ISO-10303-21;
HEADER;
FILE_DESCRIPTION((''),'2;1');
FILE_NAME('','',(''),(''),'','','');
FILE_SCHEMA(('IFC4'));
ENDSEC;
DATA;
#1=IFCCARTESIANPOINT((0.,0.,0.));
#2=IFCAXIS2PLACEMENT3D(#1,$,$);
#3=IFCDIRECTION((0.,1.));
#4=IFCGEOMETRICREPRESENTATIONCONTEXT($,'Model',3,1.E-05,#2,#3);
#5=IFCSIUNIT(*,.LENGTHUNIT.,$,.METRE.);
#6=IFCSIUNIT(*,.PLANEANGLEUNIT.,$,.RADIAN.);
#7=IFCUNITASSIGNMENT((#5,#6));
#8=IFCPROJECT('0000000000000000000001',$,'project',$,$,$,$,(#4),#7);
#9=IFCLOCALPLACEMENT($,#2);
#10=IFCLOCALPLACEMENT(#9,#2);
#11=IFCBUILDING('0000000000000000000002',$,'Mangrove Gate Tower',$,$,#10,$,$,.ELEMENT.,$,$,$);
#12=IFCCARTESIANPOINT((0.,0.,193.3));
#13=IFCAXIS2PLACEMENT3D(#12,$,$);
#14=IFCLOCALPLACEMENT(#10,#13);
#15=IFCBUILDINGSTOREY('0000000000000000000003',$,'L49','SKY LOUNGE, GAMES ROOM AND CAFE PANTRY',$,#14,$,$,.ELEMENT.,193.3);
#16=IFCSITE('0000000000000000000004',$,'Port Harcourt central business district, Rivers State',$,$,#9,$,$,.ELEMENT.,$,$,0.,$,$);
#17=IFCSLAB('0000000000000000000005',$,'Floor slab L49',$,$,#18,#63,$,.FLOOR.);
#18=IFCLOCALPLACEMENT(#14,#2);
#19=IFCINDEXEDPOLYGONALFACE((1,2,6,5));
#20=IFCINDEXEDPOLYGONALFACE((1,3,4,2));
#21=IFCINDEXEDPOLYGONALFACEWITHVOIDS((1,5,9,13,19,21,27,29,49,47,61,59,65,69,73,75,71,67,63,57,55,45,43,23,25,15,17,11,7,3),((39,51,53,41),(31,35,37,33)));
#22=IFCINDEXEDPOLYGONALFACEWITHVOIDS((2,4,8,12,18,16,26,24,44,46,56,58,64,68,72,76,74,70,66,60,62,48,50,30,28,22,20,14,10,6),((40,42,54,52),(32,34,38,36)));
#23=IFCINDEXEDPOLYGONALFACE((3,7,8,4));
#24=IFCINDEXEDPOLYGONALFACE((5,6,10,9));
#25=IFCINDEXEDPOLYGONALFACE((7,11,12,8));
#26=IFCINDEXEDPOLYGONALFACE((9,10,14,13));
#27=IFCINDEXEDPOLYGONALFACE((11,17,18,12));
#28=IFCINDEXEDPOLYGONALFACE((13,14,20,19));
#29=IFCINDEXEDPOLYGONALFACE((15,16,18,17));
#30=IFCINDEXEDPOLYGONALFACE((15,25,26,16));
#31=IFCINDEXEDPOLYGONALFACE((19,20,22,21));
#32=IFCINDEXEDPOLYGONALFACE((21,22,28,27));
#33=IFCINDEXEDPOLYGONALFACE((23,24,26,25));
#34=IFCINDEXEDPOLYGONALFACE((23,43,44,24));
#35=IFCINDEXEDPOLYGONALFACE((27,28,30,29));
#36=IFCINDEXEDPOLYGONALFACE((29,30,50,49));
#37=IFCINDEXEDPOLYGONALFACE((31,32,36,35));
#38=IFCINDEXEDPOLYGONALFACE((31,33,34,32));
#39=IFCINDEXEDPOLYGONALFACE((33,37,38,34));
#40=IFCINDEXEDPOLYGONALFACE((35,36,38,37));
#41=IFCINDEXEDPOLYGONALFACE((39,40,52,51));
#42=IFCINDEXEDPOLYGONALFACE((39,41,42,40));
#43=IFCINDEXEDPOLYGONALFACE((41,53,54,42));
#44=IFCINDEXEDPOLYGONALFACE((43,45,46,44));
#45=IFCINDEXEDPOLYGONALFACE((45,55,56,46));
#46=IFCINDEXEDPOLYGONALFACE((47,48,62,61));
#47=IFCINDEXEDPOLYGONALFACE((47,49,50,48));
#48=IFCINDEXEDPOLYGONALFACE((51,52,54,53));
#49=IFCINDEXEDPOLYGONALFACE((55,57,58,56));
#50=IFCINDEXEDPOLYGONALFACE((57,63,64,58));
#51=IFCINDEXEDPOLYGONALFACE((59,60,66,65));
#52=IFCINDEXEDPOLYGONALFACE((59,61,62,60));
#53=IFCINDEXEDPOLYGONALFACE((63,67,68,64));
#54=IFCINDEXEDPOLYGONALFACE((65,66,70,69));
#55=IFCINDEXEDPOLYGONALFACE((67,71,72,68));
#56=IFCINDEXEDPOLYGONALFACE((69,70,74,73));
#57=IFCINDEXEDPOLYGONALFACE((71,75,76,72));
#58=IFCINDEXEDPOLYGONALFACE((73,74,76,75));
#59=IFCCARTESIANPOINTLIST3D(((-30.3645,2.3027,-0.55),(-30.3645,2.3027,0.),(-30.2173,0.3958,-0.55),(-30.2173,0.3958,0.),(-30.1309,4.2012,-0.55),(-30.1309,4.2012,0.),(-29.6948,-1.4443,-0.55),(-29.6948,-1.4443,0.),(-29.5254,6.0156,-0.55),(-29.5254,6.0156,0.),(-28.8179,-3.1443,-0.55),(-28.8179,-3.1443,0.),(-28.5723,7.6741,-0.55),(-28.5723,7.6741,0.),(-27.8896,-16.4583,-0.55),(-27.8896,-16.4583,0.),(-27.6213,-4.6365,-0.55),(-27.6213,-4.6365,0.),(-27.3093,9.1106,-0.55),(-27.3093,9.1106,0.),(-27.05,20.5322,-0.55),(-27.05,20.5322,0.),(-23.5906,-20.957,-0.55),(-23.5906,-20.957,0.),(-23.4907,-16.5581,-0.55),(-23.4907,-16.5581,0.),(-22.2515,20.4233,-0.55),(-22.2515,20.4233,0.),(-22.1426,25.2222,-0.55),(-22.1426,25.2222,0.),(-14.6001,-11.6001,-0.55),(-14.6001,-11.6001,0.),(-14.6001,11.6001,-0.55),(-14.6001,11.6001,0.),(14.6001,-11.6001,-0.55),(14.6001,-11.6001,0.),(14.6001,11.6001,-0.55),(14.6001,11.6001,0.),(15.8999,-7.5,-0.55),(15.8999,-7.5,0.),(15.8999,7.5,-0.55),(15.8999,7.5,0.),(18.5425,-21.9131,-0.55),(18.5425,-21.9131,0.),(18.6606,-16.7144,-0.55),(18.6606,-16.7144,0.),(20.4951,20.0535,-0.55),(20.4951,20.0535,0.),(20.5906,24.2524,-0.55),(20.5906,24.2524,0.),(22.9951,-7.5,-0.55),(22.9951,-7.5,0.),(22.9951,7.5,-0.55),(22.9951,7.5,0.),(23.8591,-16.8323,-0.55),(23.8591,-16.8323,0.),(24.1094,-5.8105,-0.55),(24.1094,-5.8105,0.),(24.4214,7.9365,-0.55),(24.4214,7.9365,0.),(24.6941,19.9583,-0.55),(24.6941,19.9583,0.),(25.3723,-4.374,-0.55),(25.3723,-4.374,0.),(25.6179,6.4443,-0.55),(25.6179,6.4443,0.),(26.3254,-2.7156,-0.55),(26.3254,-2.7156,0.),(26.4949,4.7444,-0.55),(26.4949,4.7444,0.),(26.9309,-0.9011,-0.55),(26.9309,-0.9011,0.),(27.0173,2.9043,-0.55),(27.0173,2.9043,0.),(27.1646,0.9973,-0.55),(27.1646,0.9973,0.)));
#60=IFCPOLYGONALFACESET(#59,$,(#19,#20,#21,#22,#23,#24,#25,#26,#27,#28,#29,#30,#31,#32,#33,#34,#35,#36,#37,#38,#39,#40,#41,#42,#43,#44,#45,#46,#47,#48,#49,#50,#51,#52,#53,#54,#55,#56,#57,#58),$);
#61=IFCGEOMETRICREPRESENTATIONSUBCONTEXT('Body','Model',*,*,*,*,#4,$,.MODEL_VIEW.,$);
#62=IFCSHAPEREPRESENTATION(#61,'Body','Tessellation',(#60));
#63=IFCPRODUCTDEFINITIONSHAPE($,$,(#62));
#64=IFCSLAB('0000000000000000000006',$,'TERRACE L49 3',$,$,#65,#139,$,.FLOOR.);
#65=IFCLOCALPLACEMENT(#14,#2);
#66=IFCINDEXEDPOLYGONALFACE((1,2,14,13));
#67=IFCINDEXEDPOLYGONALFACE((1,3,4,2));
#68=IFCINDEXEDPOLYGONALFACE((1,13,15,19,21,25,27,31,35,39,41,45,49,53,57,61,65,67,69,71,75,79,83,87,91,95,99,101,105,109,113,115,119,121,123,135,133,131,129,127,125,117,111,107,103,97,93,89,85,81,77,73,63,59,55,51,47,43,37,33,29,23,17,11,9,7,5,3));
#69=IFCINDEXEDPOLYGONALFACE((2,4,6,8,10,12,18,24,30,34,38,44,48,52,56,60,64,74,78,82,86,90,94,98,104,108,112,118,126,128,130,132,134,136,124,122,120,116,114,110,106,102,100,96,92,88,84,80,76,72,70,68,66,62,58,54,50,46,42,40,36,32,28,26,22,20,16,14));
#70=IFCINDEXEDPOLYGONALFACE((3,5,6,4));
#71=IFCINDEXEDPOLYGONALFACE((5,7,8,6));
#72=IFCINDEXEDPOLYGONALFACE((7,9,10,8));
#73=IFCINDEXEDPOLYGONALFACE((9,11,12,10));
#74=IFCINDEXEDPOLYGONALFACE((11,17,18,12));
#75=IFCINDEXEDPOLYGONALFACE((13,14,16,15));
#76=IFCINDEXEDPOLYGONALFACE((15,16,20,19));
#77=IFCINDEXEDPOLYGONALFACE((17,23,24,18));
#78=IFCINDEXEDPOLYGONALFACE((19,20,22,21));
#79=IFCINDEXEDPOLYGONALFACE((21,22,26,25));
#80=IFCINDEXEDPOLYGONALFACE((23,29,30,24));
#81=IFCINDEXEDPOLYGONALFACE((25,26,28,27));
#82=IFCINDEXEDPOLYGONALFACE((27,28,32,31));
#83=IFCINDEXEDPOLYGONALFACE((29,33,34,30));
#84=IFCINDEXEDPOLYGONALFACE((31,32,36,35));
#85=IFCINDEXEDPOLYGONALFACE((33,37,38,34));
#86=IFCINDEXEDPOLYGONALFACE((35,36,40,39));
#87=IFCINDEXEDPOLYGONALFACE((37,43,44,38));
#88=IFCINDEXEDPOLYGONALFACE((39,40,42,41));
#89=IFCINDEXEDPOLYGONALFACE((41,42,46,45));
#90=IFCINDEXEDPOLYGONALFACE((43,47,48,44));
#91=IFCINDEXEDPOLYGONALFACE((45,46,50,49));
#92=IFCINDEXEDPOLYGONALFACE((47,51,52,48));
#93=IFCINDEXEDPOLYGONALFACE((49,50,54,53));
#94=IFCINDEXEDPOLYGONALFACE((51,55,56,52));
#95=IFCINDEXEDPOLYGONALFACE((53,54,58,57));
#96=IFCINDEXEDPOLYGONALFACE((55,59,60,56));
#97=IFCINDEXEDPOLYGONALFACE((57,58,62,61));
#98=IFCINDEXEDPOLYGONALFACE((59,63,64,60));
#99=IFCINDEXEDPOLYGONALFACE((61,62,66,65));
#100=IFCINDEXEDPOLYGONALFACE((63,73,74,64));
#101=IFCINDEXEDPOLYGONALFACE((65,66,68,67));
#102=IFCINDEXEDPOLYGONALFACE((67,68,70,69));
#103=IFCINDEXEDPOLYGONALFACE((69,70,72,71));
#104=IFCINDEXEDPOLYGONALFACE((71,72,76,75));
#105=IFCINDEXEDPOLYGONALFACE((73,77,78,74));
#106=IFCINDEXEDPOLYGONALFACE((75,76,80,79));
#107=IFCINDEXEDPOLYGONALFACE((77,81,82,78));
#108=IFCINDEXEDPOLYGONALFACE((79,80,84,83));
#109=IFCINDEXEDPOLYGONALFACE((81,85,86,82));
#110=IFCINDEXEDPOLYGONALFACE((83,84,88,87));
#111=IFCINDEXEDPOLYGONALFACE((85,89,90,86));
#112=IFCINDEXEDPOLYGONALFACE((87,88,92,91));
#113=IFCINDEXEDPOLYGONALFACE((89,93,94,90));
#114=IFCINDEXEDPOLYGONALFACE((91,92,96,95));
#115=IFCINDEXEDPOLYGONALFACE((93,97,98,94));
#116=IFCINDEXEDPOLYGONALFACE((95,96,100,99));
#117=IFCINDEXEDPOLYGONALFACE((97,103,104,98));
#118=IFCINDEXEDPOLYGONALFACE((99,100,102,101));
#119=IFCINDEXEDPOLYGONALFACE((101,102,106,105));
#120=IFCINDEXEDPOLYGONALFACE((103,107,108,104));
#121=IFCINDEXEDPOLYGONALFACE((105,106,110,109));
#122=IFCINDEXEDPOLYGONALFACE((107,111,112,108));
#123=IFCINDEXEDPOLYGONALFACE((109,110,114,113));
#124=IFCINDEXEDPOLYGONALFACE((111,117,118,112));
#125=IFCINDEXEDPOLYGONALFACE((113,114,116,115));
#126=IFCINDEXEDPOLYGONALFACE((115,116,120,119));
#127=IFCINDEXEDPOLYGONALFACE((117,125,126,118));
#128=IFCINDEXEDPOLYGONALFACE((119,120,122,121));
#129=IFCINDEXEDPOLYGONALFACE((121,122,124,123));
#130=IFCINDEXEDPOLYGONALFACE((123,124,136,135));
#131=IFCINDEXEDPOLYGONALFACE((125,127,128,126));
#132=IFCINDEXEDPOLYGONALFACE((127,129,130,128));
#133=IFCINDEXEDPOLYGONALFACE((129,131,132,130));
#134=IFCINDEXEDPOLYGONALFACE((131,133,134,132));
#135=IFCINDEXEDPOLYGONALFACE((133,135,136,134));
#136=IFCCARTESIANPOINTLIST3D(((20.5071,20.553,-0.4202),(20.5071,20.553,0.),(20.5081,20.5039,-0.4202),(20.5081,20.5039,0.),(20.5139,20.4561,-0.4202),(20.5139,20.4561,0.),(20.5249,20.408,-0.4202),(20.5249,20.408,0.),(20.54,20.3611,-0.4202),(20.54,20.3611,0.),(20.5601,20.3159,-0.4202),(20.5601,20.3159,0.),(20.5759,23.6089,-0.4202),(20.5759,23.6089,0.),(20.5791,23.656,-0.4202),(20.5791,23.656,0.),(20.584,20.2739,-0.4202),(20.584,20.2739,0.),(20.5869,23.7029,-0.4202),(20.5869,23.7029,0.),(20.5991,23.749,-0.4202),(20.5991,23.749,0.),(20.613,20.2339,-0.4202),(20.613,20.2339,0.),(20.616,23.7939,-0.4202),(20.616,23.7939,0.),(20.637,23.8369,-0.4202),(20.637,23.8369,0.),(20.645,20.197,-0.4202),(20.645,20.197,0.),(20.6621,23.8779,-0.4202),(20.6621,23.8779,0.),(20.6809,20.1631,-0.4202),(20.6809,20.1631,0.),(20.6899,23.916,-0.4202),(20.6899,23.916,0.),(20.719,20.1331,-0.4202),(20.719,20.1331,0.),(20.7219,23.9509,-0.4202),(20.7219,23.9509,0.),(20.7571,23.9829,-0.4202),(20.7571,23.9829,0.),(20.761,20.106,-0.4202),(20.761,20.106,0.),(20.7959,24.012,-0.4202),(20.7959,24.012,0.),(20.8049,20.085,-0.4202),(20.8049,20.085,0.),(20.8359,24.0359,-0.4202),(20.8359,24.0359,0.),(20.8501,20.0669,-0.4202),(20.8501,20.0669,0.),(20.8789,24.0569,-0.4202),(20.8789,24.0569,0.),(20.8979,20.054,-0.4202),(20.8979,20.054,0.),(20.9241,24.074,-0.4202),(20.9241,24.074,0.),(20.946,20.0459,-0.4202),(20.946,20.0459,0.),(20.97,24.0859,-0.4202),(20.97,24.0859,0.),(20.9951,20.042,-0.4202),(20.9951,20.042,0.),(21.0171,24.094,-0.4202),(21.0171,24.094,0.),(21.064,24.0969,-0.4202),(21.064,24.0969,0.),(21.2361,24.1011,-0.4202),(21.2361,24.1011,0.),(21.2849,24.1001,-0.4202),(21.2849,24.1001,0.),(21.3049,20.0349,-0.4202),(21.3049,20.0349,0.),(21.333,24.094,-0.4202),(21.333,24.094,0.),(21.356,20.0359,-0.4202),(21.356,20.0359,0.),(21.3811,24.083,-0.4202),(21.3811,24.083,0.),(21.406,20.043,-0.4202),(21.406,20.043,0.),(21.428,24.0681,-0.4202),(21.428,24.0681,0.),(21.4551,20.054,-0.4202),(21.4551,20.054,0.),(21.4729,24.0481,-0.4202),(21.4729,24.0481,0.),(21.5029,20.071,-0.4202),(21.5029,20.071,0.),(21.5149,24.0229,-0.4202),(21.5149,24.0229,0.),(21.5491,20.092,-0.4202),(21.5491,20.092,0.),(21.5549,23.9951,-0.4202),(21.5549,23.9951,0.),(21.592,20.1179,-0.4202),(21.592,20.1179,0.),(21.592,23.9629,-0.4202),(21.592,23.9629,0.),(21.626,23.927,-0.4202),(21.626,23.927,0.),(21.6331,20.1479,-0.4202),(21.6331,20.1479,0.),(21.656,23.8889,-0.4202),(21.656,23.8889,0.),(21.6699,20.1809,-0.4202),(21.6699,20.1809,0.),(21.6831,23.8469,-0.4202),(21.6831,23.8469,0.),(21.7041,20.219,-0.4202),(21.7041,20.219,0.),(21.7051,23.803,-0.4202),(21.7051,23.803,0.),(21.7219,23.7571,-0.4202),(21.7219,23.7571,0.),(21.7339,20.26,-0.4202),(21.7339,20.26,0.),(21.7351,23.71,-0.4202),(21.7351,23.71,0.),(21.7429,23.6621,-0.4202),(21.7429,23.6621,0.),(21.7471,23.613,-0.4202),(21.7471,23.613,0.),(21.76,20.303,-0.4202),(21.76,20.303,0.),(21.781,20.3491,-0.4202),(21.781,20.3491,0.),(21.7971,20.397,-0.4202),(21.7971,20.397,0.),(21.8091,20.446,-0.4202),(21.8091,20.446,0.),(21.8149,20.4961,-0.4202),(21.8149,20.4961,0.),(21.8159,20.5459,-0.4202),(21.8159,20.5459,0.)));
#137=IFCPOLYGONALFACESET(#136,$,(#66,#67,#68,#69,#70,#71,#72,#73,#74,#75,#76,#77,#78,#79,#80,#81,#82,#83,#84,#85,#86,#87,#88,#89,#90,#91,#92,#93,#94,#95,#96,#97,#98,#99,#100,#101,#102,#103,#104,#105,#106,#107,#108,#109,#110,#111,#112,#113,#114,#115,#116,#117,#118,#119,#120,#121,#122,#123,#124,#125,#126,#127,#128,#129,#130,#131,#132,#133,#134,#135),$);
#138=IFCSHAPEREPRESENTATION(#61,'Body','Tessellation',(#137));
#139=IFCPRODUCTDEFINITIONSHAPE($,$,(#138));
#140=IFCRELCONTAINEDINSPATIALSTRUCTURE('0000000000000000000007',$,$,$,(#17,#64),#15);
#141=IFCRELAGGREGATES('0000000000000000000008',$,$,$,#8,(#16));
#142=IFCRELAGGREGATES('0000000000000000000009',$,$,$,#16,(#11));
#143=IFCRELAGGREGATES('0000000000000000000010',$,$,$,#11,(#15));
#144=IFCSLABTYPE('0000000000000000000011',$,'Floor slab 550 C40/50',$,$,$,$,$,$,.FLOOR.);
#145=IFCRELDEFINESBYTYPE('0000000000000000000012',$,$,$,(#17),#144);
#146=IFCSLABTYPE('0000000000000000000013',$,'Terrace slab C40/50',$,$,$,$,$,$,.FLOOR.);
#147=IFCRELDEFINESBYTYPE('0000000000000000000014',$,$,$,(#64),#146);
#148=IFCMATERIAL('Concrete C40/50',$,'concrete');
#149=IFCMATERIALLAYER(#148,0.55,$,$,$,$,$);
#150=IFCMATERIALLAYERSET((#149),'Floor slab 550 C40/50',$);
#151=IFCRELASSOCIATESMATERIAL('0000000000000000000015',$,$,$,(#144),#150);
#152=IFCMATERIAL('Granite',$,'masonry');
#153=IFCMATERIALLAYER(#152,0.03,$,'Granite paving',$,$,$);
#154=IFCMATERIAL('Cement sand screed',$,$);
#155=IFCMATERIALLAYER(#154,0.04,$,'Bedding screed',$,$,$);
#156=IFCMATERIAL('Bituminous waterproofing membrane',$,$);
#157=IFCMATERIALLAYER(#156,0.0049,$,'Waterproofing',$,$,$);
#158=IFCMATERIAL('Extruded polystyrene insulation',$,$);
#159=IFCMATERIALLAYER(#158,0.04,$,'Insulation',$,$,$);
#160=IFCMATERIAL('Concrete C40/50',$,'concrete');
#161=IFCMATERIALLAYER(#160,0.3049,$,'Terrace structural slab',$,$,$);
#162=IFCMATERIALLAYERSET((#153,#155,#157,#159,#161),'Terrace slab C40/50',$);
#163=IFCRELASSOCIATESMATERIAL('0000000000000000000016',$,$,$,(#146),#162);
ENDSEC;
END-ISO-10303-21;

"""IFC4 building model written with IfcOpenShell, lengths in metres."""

from ifc_helpers import new_model, si_unit, direction, frame, origin, place, context, subcontext, project, spatial, polyline, outline, extrude, material, layer, layer_set, type_object, element, save


model = new_model("IFC4")

# Units and contexts
model_context = context("Model", 3, precision=1e-05, world=origin(), true_north=direction((0.0, 1.0)))
body_context = subcontext(model_context, "Body", "Model", "MODEL_VIEW")
ifc_project = project(units=[si_unit("LENGTHUNIT", "METRE"), si_unit("PLANEANGLEUNIT", "RADIAN")], contexts=[model_context])

# Site, building, storey
site_placement = place(None, origin())
site = spatial("IfcSite", under=ifc_project, at=site_placement, Name="Port Harcourt central business district, Rivers State", CompositionType="ELEMENT", RefElevation=0.0)
building_placement = place(site_placement, origin())
building = spatial("IfcBuilding", under=site, at=building_placement, Name="Mangrove Gate Tower", CompositionType="ELEMENT")
storey_placement = place(building_placement, frame((0.0, 0.0, 193.3)))
storey = spatial("IfcBuildingStorey", under=building, at=storey_placement, Name="L49", Description="SKY LOUNGE, GAMES ROOM AND CAFE PANTRY", CompositionType="ELEMENT", Elevation=193.3)

# Shared definitions
ifc_material_1 = material(Name="Cement sand screed")
ifc_material_2 = material(Name="Bituminous waterproofing membrane")
ifc_material_3 = material(Name="Concrete C40/50", Category="concrete")

# Slabs
ifc_material_4 = material(Name="Concrete C40/50", Category="concrete")
ifc_layer_1 = layer(ifc_material_4, 0.55)
ifc_layer_set_1 = layer_set([ifc_layer_1], Name="Floor slab 550 C40/50")
slab_type_1 = type_object("IfcSlabType", Name="Floor slab 550 C40/50", PredefinedType="FLOOR", material=ifc_layer_set_1)
slab_1_placement = place(storey_placement, frame((0.0, 0.0, -0.55)))
element("IfcSlab", 1, at=slab_1_placement, inside=storey, type_object=slab_type_1, Name="Floor slab L49", PredefinedType="FLOOR", context=body_context, shape_type="SweptSolid", body=[
    extrude(outline(polyline([(-23.5906, -20.957), (18.5425, -21.9131), (18.6606, -16.7144), (23.8591, -16.8323), (24.1094, -5.8105), (25.3723, -4.374), (26.3254, -2.7156), (26.9309, -0.9011), (27.1646, 0.9973), (27.0173, 2.9043), (26.4949, 4.7444), (25.6179, 6.4443), (24.4214, 7.9365), (24.6941, 19.9583), (20.4951, 20.0535), (20.5906, 24.2524), (-22.1426, 25.2222), (-22.2515, 20.4233), (-27.05, 20.5322), (-27.3093, 9.1106), (-28.5723, 7.6741), (-29.5254, 6.0156), (-30.1309, 4.2012), (-30.3645, 2.3027), (-30.2173, 0.3958), (-29.6948, -1.4443), (-28.8179, -3.1443), (-27.6213, -4.6365), (-27.8896, -16.4583), (-23.4907, -16.5581), (-23.5906, -20.957)]), holes=[polyline([(15.8999, 7.5), (22.9951, 7.5), (22.9951, -7.5), (15.8999, -7.5), (15.8999, 7.5)]), polyline([(-14.6001, -11.6001), (-14.6001, 11.6001), (14.6001, 11.6001), (14.6001, -11.6001), (-14.6001, -11.6001)])]), origin(), (0.0, 0.0, 1.0), 0.55),
])
ifc_material_5 = material(Name="Granite", Category="masonry")
ifc_layer_2 = layer(ifc_material_5, 0.03, Name="Granite paving")
ifc_layer_3 = layer(ifc_material_1, 0.04, Name="Bedding screed")
ifc_layer_4 = layer(ifc_material_2, 0.0049, Name="Waterproofing")
ifc_material_6 = material(Name="Extruded polystyrene insulation")
ifc_layer_5 = layer(ifc_material_6, 0.04, Name="Insulation")
ifc_layer_6 = layer(ifc_material_3, 0.3049, Name="Terrace structural slab")
ifc_layer_set_2 = layer_set([ifc_layer_2, ifc_layer_3, ifc_layer_4, ifc_layer_5, ifc_layer_6], Name="Terrace slab C40/50")
slab_type_2 = type_object("IfcSlabType", Name="Terrace slab C40/50", PredefinedType="FLOOR", material=ifc_layer_set_2)
slab_2_placement = place(storey_placement, frame((0.0, 0.0, -0.4202)))
element("IfcSlab", 2, at=slab_2_placement, inside=storey, type_object=slab_type_2, Name="TERRACE L49 3", PredefinedType="FLOOR", context=body_context, shape_type="SweptSolid", body=[
    extrude(outline(polyline([(21.2361, 24.1011), (21.064, 24.0969), (21.0171, 24.094), (20.97, 24.0859), (20.9241, 24.074), (20.8789, 24.0569), (20.8359, 24.0359), (20.7959, 24.012), (20.7571, 23.9829), (20.7219, 23.9509), (20.6899, 23.916), (20.6621, 23.8779), (20.637, 23.8369), (20.616, 23.7939), (20.5991, 23.749), (20.5869, 23.7029), (20.5791, 23.656), (20.5759, 23.6089), (20.5071, 20.553), (20.5081, 20.5039), (20.5139, 20.4561), (20.5249, 20.408), (20.54, 20.3611), (20.5601, 20.3159), (20.584, 20.2739), (20.613, 20.2339), (20.645, 20.197), (20.6809, 20.1631), (20.719, 20.1331), (20.761, 20.106), (20.8049, 20.085), (20.8501, 20.0669), (20.8979, 20.054), (20.946, 20.0459), (20.9951, 20.042), (21.3049, 20.0349), (21.356, 20.0359), (21.406, 20.043), (21.4551, 20.054), (21.5029, 20.071), (21.5491, 20.092), (21.592, 20.1179), (21.6331, 20.1479), (21.6699, 20.1809), (21.7041, 20.219), (21.7339, 20.26), (21.76, 20.303), (21.781, 20.3491), (21.7971, 20.397), (21.8091, 20.446), (21.8149, 20.4961), (21.8159, 20.5459), (21.7471, 23.613), (21.7429, 23.6621), (21.7351, 23.71), (21.7219, 23.7571), (21.7051, 23.803), (21.6831, 23.8469), (21.656, 23.8889), (21.626, 23.927), (21.592, 23.9629), (21.5549, 23.9951), (21.5149, 24.0229), (21.4729, 24.0481), (21.428, 24.0681), (21.3811, 24.083), (21.333, 24.094), (21.2849, 24.1001), (21.2361, 24.1011)])), origin(), (0.0, 0.0, 1.0), 0.4202),
])

save(model, "model.ifc")
